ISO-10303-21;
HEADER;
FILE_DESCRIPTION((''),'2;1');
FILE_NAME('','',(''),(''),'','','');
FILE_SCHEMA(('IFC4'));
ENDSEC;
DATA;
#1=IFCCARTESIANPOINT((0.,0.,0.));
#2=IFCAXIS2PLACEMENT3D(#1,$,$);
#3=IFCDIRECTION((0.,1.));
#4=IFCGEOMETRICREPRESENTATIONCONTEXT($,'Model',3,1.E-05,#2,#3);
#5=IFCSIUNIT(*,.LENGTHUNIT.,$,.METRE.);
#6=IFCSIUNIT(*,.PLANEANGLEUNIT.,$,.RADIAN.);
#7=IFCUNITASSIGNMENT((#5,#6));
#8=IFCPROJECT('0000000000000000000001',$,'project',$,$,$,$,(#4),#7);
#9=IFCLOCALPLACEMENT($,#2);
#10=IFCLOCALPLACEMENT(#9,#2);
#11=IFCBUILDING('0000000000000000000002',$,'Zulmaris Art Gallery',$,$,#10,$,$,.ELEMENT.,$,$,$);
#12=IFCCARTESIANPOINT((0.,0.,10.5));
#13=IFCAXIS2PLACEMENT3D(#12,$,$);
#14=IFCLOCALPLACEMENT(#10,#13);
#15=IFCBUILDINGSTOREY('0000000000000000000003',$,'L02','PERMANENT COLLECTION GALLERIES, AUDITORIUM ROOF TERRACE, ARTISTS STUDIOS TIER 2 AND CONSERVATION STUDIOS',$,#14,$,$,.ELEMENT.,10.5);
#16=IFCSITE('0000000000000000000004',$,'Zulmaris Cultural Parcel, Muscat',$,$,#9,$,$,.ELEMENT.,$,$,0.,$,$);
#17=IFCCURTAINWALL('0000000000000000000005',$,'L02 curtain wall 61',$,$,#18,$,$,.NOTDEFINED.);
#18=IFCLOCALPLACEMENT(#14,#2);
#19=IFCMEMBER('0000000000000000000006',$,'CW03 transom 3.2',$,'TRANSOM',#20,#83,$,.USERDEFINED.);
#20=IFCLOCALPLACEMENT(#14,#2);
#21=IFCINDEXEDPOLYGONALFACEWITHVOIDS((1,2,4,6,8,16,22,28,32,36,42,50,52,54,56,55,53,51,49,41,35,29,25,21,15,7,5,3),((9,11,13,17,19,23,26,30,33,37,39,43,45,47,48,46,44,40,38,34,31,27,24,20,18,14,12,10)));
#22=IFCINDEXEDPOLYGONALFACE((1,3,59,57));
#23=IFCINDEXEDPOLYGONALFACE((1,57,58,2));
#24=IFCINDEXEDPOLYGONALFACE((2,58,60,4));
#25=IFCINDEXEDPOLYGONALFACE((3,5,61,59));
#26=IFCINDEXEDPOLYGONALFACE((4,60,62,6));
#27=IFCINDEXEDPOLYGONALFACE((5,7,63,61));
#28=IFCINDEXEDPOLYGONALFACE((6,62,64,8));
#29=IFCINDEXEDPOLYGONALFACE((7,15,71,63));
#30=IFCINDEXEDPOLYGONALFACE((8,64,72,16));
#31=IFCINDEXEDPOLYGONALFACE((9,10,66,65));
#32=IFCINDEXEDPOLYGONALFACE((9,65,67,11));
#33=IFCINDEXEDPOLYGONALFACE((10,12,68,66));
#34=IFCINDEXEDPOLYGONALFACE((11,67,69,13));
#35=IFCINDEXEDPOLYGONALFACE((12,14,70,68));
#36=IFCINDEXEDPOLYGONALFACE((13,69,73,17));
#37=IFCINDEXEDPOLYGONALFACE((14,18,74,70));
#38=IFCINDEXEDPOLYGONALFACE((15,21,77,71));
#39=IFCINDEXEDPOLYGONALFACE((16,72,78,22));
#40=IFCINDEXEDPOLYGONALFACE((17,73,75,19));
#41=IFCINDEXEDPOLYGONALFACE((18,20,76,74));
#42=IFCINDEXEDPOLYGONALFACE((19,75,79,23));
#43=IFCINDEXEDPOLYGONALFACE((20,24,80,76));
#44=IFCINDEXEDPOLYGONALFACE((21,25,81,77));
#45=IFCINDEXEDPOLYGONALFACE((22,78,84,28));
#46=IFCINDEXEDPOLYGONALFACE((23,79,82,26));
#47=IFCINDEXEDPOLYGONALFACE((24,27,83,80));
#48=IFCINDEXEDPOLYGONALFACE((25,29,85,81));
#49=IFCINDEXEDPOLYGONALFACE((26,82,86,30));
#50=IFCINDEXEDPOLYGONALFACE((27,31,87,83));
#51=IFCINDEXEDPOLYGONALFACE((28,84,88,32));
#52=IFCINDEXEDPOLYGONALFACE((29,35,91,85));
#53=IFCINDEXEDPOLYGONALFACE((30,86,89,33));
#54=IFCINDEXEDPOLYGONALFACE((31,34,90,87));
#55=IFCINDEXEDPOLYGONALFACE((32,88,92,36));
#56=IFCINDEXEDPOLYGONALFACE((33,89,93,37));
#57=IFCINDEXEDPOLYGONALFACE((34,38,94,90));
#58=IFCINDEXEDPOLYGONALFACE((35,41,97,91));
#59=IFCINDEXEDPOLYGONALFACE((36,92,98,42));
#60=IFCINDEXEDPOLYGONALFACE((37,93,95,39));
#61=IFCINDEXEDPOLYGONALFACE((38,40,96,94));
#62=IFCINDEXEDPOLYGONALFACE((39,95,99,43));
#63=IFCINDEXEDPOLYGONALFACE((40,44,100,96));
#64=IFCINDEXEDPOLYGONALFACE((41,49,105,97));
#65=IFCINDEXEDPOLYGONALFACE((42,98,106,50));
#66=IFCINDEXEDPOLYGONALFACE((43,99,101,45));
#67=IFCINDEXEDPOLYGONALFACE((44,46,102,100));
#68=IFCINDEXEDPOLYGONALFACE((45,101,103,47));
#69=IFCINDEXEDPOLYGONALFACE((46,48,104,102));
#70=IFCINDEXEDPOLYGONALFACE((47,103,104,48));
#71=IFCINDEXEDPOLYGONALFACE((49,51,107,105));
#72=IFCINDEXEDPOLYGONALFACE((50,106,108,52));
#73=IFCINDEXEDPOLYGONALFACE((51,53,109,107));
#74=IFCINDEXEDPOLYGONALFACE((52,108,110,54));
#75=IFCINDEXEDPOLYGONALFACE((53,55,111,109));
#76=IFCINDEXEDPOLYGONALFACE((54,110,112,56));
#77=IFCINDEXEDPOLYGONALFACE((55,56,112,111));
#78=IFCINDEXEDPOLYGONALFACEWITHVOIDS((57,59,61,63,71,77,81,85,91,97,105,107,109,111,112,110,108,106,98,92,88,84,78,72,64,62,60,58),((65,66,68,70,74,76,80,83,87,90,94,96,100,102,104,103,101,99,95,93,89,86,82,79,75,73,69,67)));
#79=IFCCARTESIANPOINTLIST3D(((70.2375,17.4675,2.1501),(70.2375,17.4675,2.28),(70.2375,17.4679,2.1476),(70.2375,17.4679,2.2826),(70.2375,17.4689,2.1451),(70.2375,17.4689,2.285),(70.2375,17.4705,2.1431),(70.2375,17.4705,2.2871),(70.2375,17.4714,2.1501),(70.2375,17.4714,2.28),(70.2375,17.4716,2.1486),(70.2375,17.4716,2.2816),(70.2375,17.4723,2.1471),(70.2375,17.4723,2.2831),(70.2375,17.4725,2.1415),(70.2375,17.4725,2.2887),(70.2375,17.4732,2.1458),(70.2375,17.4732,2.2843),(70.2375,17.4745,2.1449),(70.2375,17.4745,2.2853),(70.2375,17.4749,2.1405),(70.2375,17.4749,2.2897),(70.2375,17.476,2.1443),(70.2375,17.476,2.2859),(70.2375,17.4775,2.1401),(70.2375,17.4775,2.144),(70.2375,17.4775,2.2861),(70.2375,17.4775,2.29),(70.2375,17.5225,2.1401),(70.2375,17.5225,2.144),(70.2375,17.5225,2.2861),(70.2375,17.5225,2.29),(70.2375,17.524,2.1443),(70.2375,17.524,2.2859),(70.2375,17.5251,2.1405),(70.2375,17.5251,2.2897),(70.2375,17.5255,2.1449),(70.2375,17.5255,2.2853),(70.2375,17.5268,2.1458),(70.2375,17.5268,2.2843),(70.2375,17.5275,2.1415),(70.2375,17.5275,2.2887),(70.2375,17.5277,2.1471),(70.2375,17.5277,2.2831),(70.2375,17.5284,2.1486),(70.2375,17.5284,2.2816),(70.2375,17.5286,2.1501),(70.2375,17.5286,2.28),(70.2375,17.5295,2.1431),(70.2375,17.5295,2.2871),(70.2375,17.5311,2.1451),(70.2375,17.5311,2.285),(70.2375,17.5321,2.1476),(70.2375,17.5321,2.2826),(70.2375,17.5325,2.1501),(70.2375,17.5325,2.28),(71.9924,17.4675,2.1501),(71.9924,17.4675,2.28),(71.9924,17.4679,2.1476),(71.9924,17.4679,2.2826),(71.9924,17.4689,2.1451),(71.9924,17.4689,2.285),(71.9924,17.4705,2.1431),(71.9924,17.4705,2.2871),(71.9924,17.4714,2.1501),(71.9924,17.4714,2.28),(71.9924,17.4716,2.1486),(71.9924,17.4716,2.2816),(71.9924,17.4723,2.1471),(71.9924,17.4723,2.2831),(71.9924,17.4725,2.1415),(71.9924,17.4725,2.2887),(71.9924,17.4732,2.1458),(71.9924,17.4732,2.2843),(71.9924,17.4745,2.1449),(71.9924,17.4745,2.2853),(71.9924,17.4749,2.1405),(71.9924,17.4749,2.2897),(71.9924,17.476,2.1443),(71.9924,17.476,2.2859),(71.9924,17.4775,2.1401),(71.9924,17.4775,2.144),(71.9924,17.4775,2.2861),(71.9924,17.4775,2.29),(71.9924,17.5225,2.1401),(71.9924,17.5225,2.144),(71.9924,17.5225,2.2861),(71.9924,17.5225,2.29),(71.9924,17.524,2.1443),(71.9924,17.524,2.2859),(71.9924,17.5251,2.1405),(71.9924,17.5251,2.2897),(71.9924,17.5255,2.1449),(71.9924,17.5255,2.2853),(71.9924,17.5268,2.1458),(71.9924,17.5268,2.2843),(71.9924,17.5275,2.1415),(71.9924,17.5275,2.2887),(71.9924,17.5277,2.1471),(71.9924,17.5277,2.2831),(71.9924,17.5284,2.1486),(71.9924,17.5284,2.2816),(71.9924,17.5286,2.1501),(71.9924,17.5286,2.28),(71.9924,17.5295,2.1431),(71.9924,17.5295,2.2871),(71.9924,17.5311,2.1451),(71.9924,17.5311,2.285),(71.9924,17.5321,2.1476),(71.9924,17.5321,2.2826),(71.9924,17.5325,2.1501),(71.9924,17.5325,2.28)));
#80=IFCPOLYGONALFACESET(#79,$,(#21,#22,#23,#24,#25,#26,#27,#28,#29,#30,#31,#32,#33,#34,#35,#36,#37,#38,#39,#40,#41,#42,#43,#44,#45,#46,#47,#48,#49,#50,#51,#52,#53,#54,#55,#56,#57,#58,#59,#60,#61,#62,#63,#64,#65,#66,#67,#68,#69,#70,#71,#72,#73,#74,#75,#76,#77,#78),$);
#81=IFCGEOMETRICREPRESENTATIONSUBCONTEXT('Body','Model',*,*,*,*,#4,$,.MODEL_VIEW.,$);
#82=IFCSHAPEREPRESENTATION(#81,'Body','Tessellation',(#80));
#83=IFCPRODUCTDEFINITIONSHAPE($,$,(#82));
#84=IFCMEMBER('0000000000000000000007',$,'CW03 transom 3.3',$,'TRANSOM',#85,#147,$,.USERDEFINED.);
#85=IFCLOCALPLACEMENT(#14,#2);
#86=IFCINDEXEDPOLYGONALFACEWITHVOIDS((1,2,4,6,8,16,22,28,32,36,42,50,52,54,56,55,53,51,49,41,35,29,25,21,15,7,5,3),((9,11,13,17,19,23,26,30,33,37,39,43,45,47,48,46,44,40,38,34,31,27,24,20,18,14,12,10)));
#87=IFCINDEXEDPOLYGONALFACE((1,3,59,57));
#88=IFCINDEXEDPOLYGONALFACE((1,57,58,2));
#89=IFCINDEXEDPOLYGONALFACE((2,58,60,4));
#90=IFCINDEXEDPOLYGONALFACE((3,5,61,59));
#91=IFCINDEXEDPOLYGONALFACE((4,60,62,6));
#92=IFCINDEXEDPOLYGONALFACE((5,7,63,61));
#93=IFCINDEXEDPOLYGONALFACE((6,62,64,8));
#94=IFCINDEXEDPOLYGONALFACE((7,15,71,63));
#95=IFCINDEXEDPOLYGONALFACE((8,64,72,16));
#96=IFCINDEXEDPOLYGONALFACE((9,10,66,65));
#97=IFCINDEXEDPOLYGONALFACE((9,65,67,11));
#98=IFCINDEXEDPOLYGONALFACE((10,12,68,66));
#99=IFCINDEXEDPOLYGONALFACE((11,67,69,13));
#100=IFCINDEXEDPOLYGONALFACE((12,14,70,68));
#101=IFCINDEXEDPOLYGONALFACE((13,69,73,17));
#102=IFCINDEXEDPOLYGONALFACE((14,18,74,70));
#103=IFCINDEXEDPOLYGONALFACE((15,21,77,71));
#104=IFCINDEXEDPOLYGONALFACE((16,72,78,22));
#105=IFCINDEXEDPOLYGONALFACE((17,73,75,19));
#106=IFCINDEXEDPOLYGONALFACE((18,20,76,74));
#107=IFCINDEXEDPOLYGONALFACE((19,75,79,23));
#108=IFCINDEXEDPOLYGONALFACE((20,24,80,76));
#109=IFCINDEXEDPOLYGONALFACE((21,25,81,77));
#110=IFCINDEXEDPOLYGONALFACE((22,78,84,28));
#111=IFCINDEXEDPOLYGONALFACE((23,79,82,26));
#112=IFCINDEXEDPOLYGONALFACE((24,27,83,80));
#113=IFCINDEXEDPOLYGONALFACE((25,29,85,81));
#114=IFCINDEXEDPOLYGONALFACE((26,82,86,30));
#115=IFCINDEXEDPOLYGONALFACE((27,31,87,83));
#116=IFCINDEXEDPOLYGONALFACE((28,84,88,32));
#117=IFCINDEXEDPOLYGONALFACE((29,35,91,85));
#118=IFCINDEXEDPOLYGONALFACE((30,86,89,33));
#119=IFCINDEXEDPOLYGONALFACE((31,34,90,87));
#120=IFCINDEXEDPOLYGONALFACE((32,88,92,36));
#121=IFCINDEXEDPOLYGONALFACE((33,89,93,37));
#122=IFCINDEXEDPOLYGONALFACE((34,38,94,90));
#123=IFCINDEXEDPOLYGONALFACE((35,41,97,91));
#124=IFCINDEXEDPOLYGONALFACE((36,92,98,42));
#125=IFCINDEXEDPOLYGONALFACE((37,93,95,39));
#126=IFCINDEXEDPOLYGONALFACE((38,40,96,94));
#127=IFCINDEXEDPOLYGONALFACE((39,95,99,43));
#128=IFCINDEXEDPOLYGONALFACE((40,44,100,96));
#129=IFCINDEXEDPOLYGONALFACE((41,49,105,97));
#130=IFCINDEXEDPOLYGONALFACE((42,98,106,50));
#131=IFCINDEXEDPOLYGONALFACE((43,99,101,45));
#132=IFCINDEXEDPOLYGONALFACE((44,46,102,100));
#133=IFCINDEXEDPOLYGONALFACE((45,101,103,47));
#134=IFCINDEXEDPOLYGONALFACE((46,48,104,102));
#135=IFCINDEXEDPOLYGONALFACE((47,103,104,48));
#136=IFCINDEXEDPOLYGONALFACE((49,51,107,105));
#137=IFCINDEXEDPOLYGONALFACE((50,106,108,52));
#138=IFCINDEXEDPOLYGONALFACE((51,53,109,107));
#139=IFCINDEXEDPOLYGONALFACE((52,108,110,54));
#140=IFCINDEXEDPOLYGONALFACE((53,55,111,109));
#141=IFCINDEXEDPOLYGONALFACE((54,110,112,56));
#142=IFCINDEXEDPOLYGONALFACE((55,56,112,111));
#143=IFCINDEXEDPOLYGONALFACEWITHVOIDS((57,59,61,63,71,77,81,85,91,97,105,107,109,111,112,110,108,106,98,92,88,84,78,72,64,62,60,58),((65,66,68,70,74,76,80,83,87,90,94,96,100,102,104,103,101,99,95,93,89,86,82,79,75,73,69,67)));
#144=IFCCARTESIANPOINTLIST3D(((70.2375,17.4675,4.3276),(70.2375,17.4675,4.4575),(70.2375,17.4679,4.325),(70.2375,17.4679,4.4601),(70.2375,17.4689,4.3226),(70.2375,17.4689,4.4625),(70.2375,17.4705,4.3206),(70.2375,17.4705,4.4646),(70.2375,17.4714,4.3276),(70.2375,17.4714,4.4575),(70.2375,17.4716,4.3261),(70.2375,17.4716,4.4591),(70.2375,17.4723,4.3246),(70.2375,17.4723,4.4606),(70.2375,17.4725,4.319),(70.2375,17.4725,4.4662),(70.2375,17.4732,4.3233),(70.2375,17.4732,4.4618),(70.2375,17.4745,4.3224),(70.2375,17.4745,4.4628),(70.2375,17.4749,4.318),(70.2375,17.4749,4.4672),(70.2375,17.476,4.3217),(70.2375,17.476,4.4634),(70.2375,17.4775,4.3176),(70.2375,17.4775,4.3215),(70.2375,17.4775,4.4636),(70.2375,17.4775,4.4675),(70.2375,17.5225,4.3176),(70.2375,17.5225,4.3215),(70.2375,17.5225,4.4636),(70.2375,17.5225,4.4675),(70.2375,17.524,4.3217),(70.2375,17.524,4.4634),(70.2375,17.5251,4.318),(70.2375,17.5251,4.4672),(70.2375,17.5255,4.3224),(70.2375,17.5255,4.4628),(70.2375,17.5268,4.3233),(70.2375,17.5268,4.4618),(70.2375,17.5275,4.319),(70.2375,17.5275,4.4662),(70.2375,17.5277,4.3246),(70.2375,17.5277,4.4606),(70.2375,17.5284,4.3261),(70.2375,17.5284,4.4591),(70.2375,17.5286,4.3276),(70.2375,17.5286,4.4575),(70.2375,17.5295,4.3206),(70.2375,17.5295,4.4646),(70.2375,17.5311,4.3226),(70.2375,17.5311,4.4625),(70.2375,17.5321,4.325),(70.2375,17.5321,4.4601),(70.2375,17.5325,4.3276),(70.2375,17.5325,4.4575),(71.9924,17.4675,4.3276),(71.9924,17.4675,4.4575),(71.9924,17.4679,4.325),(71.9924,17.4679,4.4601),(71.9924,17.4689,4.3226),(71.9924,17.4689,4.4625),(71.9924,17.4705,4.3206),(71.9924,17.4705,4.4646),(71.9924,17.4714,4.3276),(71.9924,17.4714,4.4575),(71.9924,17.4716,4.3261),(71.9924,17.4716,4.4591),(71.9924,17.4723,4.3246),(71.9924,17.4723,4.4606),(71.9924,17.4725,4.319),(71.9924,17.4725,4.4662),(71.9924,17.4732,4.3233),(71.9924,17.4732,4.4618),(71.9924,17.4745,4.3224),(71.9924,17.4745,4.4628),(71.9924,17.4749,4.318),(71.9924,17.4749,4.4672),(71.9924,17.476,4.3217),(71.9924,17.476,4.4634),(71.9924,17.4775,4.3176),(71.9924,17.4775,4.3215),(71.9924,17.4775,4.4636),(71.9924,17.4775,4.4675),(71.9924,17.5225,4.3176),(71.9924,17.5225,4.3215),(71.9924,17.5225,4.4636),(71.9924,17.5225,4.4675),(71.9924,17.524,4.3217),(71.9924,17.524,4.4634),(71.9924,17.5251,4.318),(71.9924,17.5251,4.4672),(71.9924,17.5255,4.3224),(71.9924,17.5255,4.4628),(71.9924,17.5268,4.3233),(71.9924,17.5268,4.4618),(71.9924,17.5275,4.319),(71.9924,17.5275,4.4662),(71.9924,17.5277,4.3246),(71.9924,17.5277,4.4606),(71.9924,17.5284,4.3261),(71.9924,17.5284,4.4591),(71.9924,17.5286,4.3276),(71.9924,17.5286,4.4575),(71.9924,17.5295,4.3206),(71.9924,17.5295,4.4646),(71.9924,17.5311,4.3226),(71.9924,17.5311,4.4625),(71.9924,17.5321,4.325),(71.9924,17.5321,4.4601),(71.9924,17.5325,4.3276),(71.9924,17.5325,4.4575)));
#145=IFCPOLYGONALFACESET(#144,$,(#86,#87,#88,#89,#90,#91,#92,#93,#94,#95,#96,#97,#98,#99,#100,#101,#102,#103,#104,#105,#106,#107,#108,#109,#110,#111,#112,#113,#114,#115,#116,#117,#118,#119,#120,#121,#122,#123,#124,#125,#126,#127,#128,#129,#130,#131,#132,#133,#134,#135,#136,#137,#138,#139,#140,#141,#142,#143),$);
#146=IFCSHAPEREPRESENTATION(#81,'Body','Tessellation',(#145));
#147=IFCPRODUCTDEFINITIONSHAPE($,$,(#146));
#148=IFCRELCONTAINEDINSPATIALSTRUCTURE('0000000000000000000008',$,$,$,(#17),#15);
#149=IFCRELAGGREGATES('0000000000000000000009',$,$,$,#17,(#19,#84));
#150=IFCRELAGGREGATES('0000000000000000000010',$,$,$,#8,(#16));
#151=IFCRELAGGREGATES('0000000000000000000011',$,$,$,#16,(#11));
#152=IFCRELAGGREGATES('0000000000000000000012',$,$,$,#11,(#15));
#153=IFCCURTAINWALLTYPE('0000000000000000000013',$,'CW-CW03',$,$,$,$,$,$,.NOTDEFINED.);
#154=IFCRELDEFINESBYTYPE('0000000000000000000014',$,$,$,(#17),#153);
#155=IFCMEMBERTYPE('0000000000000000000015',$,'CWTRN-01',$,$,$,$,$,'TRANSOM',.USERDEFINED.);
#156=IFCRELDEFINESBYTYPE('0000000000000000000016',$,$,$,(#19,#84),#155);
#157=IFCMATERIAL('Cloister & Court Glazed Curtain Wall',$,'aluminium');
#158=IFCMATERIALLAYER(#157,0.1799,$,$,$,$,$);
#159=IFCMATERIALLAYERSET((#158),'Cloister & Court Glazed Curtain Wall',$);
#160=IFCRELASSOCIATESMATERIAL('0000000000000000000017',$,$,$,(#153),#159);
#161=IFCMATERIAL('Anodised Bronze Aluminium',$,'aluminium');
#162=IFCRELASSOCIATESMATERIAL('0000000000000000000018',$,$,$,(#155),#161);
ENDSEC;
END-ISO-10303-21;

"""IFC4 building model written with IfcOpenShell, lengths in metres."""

from ifc_helpers import new_model, si_unit, direction, frame, origin, origin_2d, place, context, subcontext, project, spatial, hollow_rectangle, extrude, material, layer, layer_set, material_profile, profile_set, type_object, element, aggregate, save


model = new_model("IFC4")

# Units and contexts
model_context = context("Model", 3, precision=1e-05, world=origin(), true_north=direction((0.0, 1.0)))
body_context = subcontext(model_context, "Body", "Model", "MODEL_VIEW")
ifc_project = project(units=[si_unit("LENGTHUNIT", "METRE"), si_unit("PLANEANGLEUNIT", "RADIAN")], contexts=[model_context])

# Site, building, storey
site_placement = place(None, origin())
site = spatial("IfcSite", under=ifc_project, at=site_placement, Name="Zulmaris Cultural Parcel, Muscat", CompositionType="ELEMENT", RefElevation=0.0)
building_placement = place(site_placement, origin())
building = spatial("IfcBuilding", under=site, at=building_placement, Name="Zulmaris Art Gallery", CompositionType="ELEMENT")
storey_placement = place(building_placement, frame((0.0, 0.0, 10.5)))
storey = spatial("IfcBuildingStorey", under=building, at=storey_placement, Name="L02", Description="PERMANENT COLLECTION GALLERIES, AUDITORIUM ROOF TERRACE, ARTISTS STUDIOS TIER 2 AND CONSERVATION STUDIOS", CompositionType="ELEMENT", Elevation=10.5)

# Curtain wall, members
ifc_material_1 = material(Name="Cloister & Court Glazed Curtain Wall", Category="aluminium")
ifc_layer_1 = layer(ifc_material_1, 0.1799)
ifc_layer_set_1 = layer_set([ifc_layer_1], Name="Cloister & Court Glazed Curtain Wall")
curtain_wall_type = type_object("IfcCurtainWallType", Name="CW-CW03", PredefinedType="NOTDEFINED", material=ifc_layer_set_1)
curtain_wall_placement = place(storey_placement, origin())
curtain_wall = element("IfcCurtainWall", 1, at=curtain_wall_placement, inside=storey, type_object=curtain_wall_type, Name="L02 curtain wall 61", PredefinedType="NOTDEFINED")
ifc_material_2 = material(Name="Anodised Bronze Aluminium", Category="aluminium")
ifc_material_profile_1 = material_profile(ifc_material_2, hollow_rectangle(XDim=0.0649, YDim=0.1499, WallThickness=0.0039, InnerFilletRadius=0.0061, OuterFilletRadius=0.01, at=origin_2d()), Name="ALU 65x150x4")
ifc_profile_set_1 = profile_set([ifc_material_profile_1], Name="Anodised Bronze Aluminium")
member_type_1 = type_object("IfcMemberType", Name="CWTRN-01", ElementType="TRANSOM", PredefinedType="USERDEFINED", material=ifc_profile_set_1)
member_1_placement = place(storey_placement, frame((70.2375, 17.5, 2.2151), z_axis=(1.0, 0.0, 0.0), x_axis=(0.0, 1.0, 0.0)))
member_1 = element("IfcMember", 2, at=member_1_placement, type_object=member_type_1, Name="CW03 transom 3.2", ObjectType="TRANSOM", PredefinedType="USERDEFINED", context=body_context, shape_type="SweptSolid", body=[
    extrude(hollow_rectangle(XDim=0.0649, YDim=0.1499, WallThickness=0.0039, InnerFilletRadius=0.0061, OuterFilletRadius=0.01, at=origin_2d()), origin(), (0.0, 0.0, 1.0), 1.7549),
])
member_2_placement = place(storey_placement, frame((70.2375, 17.5, 4.3926), z_axis=(1.0, 0.0, 0.0), x_axis=(0.0, 1.0, 0.0)))
member_2 = element("IfcMember", 3, at=member_2_placement, type_object=member_type_1, Name="CW03 transom 3.3", ObjectType="TRANSOM", PredefinedType="USERDEFINED", context=body_context, shape_type="SweptSolid", body=[
    extrude(hollow_rectangle(XDim=0.0649, YDim=0.1499, WallThickness=0.0039, InnerFilletRadius=0.0061, OuterFilletRadius=0.01, at=origin_2d()), origin(), (0.0, 0.0, 1.0), 1.7549),
])
aggregate(curtain_wall, [member_1, member_2])

save(model, "model.ifc")
